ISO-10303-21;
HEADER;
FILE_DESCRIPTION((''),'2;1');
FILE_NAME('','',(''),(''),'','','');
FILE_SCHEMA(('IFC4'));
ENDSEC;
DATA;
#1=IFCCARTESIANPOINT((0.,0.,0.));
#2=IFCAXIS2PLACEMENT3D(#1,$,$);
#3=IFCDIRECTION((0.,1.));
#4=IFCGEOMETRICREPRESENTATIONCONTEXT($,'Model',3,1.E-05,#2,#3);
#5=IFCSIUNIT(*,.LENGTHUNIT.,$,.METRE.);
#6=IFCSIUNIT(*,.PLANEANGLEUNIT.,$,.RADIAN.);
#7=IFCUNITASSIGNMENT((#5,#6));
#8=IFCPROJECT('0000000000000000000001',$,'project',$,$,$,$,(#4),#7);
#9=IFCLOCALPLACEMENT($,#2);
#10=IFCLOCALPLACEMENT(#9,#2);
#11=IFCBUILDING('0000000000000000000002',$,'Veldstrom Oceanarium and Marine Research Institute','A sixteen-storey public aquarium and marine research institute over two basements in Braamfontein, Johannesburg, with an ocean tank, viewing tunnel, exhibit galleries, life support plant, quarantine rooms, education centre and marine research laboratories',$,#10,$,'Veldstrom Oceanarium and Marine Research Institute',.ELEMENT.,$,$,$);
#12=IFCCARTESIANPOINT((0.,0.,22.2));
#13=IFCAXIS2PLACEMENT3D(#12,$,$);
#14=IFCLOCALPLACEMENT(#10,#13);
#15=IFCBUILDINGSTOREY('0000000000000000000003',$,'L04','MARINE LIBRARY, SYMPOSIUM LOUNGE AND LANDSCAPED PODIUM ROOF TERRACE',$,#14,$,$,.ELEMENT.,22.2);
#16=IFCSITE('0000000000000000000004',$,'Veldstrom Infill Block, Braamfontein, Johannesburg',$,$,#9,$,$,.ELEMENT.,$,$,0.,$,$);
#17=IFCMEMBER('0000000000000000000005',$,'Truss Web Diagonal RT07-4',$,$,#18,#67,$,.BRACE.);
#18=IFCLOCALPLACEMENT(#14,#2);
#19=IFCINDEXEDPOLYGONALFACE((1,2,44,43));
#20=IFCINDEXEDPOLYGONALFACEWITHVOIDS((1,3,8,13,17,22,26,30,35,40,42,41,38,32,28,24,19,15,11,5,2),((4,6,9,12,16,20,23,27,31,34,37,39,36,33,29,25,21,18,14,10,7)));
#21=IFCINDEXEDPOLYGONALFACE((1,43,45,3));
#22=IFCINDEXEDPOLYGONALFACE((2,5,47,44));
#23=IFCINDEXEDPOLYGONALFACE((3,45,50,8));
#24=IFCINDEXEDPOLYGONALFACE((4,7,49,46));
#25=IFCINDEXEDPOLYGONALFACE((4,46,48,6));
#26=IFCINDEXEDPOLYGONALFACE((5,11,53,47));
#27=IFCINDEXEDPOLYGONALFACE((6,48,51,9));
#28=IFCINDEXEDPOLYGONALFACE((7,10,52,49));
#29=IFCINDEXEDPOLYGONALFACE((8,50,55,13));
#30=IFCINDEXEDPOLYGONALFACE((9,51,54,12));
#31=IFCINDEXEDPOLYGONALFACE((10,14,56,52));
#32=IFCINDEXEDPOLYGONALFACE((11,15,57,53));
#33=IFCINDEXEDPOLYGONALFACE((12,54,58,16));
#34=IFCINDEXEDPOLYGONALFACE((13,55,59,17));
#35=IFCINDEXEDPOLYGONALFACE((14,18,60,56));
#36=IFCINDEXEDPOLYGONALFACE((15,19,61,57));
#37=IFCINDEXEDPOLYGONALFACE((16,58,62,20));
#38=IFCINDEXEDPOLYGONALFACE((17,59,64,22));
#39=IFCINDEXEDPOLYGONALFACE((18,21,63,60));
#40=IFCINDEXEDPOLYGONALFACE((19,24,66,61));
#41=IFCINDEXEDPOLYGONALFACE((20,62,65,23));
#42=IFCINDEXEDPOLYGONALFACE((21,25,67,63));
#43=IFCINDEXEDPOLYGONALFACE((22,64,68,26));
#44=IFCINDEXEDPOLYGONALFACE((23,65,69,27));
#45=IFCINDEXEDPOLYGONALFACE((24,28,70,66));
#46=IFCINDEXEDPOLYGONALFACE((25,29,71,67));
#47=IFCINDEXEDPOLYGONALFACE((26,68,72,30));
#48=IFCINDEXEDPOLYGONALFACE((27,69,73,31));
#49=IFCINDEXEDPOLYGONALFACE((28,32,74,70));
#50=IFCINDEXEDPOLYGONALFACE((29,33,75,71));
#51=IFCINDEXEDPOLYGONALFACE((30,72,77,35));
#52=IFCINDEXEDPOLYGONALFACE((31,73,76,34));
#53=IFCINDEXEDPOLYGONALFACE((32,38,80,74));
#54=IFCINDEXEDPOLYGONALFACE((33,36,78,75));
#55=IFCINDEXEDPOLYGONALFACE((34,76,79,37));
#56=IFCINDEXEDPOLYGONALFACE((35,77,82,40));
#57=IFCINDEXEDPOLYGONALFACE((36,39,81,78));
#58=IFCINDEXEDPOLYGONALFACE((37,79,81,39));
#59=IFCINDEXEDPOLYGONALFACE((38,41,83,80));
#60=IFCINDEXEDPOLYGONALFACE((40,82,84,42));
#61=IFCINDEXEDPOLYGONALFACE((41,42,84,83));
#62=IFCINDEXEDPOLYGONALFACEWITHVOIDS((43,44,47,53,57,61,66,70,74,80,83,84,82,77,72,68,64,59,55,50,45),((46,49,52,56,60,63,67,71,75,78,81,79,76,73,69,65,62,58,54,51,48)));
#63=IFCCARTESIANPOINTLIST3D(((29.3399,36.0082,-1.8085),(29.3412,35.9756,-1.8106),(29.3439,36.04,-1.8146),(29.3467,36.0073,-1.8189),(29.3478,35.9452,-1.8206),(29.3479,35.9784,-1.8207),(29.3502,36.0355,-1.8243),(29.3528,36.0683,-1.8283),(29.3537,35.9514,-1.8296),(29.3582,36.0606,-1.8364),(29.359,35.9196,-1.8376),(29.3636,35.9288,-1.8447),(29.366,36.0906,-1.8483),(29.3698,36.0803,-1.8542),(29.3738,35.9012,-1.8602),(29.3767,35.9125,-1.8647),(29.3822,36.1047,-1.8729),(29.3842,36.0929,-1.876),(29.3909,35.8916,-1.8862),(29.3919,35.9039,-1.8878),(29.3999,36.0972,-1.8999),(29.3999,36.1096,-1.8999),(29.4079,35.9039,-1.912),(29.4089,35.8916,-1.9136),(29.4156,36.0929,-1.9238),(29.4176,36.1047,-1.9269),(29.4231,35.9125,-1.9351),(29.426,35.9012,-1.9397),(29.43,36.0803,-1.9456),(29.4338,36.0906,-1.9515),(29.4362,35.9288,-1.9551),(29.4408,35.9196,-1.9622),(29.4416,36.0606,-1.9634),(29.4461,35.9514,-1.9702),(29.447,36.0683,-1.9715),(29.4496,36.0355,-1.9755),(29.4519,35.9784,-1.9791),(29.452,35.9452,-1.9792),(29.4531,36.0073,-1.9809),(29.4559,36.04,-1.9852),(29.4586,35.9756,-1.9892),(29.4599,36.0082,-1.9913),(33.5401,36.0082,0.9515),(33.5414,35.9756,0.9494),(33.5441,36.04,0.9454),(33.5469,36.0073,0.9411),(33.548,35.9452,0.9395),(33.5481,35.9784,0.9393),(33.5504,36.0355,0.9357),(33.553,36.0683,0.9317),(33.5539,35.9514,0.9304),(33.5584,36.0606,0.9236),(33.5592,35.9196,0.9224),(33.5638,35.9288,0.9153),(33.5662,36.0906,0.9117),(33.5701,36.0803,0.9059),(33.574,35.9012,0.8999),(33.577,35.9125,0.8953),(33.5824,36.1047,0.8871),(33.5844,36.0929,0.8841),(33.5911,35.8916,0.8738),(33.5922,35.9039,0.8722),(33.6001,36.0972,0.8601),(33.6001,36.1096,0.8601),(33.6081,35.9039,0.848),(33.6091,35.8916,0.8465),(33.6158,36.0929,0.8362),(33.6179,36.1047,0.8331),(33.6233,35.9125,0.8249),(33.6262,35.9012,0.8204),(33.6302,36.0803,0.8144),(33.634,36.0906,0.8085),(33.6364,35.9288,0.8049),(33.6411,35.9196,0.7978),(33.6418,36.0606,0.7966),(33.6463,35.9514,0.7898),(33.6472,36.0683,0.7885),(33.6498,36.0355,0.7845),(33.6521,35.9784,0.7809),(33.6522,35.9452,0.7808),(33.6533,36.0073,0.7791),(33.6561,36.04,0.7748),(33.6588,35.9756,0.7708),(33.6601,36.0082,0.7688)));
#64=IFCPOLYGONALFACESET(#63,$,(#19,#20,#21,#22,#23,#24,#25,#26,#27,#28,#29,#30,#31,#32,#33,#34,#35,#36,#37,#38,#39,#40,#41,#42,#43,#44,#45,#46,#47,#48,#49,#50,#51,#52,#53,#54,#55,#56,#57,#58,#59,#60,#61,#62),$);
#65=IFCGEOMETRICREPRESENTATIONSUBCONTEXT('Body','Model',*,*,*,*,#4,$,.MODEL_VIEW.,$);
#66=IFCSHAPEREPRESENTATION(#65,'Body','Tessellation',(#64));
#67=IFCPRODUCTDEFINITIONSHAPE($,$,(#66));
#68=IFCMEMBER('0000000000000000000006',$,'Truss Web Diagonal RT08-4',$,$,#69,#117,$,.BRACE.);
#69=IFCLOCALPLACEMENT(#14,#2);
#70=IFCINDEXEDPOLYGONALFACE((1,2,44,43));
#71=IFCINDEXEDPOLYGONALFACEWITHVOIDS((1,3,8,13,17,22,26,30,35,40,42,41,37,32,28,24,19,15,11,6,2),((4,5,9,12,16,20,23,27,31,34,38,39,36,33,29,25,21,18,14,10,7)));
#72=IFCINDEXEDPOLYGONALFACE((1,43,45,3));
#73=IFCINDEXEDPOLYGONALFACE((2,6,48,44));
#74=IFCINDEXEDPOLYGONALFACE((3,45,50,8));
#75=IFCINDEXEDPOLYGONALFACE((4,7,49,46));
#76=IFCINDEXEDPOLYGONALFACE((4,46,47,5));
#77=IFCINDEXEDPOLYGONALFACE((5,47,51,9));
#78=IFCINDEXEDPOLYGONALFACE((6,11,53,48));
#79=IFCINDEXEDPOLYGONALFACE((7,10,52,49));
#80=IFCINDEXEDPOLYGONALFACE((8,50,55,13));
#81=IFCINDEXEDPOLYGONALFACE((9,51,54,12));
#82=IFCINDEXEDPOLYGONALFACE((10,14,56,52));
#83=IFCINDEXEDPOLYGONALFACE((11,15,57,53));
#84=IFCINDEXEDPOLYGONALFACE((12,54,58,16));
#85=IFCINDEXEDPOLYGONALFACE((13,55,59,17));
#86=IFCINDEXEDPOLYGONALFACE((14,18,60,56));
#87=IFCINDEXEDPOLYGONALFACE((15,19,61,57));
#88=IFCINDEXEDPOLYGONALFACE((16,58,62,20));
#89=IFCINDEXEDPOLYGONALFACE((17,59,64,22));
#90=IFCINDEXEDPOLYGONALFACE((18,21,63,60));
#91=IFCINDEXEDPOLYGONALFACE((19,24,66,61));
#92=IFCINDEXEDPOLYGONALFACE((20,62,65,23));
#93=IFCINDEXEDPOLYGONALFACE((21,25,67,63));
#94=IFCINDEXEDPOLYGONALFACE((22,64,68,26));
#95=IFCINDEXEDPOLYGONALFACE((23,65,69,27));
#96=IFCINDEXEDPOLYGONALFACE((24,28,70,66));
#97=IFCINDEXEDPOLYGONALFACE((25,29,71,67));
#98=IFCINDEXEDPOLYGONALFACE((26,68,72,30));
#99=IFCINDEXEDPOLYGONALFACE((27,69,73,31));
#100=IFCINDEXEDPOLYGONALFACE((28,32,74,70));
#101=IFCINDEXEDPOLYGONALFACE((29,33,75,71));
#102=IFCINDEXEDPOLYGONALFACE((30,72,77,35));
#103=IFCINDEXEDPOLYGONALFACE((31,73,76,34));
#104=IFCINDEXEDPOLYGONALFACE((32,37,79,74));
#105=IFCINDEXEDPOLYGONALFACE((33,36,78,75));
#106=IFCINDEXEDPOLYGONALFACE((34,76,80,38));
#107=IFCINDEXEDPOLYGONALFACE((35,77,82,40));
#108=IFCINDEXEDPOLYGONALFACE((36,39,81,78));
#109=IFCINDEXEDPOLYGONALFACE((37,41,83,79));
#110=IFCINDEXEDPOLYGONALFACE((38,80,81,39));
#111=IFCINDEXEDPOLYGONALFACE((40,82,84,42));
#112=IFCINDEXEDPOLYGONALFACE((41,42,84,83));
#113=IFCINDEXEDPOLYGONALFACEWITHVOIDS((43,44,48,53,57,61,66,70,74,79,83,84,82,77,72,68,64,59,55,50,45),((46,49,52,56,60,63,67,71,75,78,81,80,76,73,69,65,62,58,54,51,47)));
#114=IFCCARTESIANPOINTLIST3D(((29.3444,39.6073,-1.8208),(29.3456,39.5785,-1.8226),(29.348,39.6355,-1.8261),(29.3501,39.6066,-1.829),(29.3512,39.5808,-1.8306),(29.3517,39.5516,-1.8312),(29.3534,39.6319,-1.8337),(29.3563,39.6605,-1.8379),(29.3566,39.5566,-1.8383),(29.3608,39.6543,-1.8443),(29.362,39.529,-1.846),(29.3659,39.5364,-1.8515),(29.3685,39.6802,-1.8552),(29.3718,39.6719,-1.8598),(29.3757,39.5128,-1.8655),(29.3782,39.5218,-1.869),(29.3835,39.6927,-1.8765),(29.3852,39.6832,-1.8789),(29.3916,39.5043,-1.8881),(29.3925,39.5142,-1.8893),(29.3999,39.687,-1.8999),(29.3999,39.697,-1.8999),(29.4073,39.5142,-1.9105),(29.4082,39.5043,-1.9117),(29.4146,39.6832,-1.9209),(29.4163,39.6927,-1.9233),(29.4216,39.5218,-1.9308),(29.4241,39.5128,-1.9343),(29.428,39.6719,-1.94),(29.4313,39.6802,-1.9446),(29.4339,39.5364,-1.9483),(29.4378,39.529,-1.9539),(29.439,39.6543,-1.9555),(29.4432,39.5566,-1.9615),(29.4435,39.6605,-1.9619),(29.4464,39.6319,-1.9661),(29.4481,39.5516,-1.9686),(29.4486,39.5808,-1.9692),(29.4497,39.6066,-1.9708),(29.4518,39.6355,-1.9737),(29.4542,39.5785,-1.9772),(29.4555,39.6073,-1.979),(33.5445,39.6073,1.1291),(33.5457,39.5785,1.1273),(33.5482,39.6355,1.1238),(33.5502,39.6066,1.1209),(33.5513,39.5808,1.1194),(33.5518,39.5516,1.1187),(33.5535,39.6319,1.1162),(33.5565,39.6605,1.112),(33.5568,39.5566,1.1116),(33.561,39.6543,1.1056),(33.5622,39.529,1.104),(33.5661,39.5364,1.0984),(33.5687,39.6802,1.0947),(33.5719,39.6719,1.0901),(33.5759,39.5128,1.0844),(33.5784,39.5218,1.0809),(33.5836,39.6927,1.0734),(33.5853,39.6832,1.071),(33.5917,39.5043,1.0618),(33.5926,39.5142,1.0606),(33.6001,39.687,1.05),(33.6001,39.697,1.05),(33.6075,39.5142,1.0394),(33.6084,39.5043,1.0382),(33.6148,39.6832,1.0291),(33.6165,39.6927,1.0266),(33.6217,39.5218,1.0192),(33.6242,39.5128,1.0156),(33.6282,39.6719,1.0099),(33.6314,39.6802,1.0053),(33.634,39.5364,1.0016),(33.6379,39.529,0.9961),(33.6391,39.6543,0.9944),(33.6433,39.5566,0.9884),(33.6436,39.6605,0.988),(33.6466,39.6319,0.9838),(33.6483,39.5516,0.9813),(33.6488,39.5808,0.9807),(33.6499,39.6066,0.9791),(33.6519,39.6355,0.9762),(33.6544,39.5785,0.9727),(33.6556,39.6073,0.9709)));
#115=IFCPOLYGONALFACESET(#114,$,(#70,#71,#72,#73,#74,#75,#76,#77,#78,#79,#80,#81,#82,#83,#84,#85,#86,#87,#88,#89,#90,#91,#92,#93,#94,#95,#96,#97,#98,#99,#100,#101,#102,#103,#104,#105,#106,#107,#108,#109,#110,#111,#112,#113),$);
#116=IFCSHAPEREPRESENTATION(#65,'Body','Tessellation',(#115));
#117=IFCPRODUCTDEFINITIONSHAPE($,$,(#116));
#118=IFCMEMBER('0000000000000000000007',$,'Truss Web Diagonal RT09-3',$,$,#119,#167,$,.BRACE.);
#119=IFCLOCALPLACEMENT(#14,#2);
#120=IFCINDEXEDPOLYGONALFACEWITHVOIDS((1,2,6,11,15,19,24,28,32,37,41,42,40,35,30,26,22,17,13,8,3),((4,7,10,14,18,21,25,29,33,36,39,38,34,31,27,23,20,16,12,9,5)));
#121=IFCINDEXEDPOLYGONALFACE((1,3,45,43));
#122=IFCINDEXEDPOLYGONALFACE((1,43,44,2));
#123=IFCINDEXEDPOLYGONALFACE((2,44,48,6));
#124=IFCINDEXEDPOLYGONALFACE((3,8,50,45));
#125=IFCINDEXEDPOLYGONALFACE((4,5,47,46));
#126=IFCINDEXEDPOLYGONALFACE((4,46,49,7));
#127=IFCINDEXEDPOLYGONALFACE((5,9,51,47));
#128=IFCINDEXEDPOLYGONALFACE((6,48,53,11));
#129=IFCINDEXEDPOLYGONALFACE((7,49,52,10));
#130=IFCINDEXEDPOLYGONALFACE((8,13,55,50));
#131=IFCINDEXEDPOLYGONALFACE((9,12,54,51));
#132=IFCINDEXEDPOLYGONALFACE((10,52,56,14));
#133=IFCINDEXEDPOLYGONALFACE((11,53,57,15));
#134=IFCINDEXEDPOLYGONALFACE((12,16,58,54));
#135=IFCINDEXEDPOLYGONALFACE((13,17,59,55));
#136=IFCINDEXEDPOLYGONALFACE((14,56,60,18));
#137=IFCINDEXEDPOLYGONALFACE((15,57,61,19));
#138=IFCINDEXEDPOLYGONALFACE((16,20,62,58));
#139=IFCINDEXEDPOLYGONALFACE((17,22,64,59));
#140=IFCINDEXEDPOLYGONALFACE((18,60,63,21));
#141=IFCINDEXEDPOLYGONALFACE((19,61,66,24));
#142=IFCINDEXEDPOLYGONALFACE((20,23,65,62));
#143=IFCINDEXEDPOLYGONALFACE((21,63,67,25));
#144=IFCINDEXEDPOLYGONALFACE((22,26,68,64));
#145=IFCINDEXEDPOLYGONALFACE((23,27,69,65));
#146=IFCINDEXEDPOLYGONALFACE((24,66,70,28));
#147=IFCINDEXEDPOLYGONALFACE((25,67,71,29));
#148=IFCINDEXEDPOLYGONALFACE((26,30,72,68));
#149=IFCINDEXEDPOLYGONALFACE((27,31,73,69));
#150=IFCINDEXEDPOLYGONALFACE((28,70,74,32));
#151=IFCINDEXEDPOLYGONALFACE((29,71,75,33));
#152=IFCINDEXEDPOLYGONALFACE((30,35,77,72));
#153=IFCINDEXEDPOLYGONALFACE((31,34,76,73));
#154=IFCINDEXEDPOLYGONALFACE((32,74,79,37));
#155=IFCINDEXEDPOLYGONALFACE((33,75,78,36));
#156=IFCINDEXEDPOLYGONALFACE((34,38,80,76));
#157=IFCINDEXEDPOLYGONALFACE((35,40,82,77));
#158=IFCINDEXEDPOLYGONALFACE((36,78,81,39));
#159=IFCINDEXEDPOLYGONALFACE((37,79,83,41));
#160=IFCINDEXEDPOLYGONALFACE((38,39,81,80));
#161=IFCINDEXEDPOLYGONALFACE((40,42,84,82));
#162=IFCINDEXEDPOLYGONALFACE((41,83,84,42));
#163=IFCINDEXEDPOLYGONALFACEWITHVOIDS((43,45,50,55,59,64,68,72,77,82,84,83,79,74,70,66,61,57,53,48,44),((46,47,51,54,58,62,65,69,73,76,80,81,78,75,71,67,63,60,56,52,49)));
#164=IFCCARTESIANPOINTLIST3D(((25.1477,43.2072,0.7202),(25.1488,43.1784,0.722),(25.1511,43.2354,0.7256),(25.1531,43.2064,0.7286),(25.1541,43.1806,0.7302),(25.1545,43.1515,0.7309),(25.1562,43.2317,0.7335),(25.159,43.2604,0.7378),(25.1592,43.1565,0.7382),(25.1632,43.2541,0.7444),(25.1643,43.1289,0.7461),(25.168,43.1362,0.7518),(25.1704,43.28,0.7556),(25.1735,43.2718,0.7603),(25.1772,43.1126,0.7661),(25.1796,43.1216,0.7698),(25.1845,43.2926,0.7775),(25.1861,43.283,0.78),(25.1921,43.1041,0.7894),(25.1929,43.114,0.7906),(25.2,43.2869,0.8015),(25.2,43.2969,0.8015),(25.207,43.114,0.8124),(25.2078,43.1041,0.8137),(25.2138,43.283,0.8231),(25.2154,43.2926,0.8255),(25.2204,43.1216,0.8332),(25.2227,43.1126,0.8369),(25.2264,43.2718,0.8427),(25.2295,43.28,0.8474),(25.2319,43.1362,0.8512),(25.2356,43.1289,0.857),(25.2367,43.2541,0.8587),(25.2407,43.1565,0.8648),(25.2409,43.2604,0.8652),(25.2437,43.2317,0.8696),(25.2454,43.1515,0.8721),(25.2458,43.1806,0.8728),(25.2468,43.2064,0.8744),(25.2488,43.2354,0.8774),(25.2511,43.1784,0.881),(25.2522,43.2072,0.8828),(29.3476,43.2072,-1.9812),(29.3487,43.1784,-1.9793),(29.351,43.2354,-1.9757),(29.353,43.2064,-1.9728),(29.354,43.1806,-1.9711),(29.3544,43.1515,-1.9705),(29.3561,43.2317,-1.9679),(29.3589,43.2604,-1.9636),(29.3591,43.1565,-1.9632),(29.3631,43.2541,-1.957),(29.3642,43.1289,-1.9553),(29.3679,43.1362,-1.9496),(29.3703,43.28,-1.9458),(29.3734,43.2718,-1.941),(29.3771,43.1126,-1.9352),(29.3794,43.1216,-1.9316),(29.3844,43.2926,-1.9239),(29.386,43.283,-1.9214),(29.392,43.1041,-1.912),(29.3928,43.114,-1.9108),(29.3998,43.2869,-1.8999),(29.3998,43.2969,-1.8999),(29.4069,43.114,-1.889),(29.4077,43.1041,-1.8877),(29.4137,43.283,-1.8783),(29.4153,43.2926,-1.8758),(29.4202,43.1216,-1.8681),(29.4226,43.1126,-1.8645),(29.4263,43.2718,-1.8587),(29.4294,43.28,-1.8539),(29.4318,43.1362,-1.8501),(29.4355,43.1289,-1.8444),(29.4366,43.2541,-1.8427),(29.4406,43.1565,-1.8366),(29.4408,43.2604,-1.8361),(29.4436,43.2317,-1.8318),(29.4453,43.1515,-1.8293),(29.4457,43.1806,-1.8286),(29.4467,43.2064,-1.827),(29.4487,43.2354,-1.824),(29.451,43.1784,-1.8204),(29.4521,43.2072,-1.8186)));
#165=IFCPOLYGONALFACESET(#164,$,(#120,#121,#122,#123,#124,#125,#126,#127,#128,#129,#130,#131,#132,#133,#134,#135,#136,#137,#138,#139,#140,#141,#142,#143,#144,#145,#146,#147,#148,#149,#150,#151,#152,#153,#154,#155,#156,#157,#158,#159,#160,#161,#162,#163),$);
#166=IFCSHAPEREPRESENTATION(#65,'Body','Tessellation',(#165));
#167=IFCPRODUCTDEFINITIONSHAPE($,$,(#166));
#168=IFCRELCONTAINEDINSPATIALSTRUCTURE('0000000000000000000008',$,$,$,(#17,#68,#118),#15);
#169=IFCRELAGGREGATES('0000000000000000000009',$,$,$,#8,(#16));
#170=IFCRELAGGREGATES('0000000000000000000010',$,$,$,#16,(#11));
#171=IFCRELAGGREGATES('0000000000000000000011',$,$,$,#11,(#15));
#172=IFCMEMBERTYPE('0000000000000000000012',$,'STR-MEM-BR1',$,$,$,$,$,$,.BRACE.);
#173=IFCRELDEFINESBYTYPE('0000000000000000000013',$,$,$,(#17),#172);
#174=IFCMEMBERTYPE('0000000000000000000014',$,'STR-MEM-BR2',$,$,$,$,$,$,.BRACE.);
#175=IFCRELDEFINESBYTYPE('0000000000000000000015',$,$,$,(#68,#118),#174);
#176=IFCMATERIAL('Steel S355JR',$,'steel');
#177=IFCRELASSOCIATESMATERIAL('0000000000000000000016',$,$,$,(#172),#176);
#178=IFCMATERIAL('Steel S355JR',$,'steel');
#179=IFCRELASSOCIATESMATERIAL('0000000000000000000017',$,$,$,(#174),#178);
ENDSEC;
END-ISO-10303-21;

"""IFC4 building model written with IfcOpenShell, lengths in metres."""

from ifc_helpers import new_model, si_unit, direction, frame, origin, origin_2d, place, context, subcontext, project, spatial, hollow_circle, extrude, material, material_profile, profile_set, type_object, element, save


model = new_model("IFC4")

# Units and contexts
model_context = context("Model", 3, precision=1e-05, world=origin(), true_north=direction((0.0, 1.0)))
body_context = subcontext(model_context, "Body", "Model", "MODEL_VIEW")
ifc_project = project(units=[si_unit("LENGTHUNIT", "METRE"), si_unit("PLANEANGLEUNIT", "RADIAN")], contexts=[model_context])

# Site, building, storey
site_placement = place(None, origin())
site = spatial("IfcSite", under=ifc_project, at=site_placement, Name="Veldstrom Infill Block, Braamfontein, Johannesburg", CompositionType="ELEMENT", RefElevation=0.0)
building_placement = place(site_placement, origin())
building = spatial("IfcBuilding", under=site, at=building_placement, Name="Veldstrom Oceanarium and Marine Research Institute", Description="A sixteen-storey public aquarium and marine research institute over two basements in Braamfontein, Johannesburg, with an ocean tank, viewing tunnel, exhibit galleries, life support plant, quarantine rooms, education centre and marine research laboratories", LongName="Veldstrom Oceanarium and Marine Research Institute", CompositionType="ELEMENT")
storey_placement = place(building_placement, frame((0.0, 0.0, 22.2)))
storey = spatial("IfcBuildingStorey", under=building, at=storey_placement, Name="L04", Description="MARINE LIBRARY, SYMPOSIUM LOUNGE AND LANDSCAPED PODIUM ROOF TERRACE", CompositionType="ELEMENT", Elevation=22.2)

# Members
ifc_material_1 = material(Name="Steel S355JR", Category="steel")
ifc_material_profile_1 = material_profile(ifc_material_1, hollow_circle(Radius=0.1096, WallThickness=0.0125, at=origin_2d()), Name="CHS 219.1x12.5")
ifc_profile_set_1 = profile_set([ifc_material_profile_1], Name="Steel S355JR")
member_type_1 = type_object("IfcMemberType", Name="STR-MEM-BR1", PredefinedType="BRACE", material=ifc_profile_set_1)
member_1_placement = place(storey_placement, frame((29.3999, 36.0, -1.8999), z_axis=(0.835716, 0.0, 0.549161), x_axis=(0.0, 1.0, 0.0)))
element("IfcMember", 1, at=member_1_placement, inside=storey, type_object=member_type_1, Name="Truss Web Diagonal RT07-4", PredefinedType="BRACE", context=body_context, shape_type="SweptSolid", body=[
    extrude(hollow_circle(Radius=0.1096, WallThickness=0.0125, at=origin_2d()), origin(), (0.0, 0.0, 1.0), 5.0259),
])
ifc_material_2 = material(Name="Steel S355JR", Category="steel")
ifc_material_profile_2 = material_profile(ifc_material_2, hollow_circle(Radius=0.0969, WallThickness=0.01, at=origin_2d()), Name="CHS 193.7x10")
ifc_profile_set_2 = profile_set([ifc_material_profile_2], Name="Steel S355JR")
member_type_2 = type_object("IfcMemberType", Name="STR-MEM-BR2", PredefinedType="BRACE", material=ifc_profile_set_2)
member_2_placement = place(storey_placement, frame((29.3999, 39.6001, -1.8999), z_axis=(0.818333, 0.0, 0.574745), x_axis=(0.0, 1.0, 0.0)))
element("IfcMember", 2, at=member_2_placement, inside=storey, type_object=member_type_2, Name="Truss Web Diagonal RT08-4", PredefinedType="BRACE", context=body_context, shape_type="SweptSolid", body=[
    extrude(hollow_circle(Radius=0.0969, WallThickness=0.01, at=origin_2d()), origin(), (0.0, 0.0, 1.0), 5.1326),
])
member_3_placement = place(storey_placement, frame((25.2, 43.2, 0.8015), z_axis=(0.841047, 0.0, -0.540963), x_axis=(0.0, 1.0, 0.0)))
element("IfcMember", 3, at=member_3_placement, inside=storey, type_object=member_type_2, Name="Truss Web Diagonal RT09-3", PredefinedType="BRACE", context=body_context, shape_type="SweptSolid", body=[
    extrude(hollow_circle(Radius=0.0969, WallThickness=0.01, at=origin_2d()), origin(), (0.0, 0.0, 1.0), 4.9937),
])

save(model, "model.ifc")
